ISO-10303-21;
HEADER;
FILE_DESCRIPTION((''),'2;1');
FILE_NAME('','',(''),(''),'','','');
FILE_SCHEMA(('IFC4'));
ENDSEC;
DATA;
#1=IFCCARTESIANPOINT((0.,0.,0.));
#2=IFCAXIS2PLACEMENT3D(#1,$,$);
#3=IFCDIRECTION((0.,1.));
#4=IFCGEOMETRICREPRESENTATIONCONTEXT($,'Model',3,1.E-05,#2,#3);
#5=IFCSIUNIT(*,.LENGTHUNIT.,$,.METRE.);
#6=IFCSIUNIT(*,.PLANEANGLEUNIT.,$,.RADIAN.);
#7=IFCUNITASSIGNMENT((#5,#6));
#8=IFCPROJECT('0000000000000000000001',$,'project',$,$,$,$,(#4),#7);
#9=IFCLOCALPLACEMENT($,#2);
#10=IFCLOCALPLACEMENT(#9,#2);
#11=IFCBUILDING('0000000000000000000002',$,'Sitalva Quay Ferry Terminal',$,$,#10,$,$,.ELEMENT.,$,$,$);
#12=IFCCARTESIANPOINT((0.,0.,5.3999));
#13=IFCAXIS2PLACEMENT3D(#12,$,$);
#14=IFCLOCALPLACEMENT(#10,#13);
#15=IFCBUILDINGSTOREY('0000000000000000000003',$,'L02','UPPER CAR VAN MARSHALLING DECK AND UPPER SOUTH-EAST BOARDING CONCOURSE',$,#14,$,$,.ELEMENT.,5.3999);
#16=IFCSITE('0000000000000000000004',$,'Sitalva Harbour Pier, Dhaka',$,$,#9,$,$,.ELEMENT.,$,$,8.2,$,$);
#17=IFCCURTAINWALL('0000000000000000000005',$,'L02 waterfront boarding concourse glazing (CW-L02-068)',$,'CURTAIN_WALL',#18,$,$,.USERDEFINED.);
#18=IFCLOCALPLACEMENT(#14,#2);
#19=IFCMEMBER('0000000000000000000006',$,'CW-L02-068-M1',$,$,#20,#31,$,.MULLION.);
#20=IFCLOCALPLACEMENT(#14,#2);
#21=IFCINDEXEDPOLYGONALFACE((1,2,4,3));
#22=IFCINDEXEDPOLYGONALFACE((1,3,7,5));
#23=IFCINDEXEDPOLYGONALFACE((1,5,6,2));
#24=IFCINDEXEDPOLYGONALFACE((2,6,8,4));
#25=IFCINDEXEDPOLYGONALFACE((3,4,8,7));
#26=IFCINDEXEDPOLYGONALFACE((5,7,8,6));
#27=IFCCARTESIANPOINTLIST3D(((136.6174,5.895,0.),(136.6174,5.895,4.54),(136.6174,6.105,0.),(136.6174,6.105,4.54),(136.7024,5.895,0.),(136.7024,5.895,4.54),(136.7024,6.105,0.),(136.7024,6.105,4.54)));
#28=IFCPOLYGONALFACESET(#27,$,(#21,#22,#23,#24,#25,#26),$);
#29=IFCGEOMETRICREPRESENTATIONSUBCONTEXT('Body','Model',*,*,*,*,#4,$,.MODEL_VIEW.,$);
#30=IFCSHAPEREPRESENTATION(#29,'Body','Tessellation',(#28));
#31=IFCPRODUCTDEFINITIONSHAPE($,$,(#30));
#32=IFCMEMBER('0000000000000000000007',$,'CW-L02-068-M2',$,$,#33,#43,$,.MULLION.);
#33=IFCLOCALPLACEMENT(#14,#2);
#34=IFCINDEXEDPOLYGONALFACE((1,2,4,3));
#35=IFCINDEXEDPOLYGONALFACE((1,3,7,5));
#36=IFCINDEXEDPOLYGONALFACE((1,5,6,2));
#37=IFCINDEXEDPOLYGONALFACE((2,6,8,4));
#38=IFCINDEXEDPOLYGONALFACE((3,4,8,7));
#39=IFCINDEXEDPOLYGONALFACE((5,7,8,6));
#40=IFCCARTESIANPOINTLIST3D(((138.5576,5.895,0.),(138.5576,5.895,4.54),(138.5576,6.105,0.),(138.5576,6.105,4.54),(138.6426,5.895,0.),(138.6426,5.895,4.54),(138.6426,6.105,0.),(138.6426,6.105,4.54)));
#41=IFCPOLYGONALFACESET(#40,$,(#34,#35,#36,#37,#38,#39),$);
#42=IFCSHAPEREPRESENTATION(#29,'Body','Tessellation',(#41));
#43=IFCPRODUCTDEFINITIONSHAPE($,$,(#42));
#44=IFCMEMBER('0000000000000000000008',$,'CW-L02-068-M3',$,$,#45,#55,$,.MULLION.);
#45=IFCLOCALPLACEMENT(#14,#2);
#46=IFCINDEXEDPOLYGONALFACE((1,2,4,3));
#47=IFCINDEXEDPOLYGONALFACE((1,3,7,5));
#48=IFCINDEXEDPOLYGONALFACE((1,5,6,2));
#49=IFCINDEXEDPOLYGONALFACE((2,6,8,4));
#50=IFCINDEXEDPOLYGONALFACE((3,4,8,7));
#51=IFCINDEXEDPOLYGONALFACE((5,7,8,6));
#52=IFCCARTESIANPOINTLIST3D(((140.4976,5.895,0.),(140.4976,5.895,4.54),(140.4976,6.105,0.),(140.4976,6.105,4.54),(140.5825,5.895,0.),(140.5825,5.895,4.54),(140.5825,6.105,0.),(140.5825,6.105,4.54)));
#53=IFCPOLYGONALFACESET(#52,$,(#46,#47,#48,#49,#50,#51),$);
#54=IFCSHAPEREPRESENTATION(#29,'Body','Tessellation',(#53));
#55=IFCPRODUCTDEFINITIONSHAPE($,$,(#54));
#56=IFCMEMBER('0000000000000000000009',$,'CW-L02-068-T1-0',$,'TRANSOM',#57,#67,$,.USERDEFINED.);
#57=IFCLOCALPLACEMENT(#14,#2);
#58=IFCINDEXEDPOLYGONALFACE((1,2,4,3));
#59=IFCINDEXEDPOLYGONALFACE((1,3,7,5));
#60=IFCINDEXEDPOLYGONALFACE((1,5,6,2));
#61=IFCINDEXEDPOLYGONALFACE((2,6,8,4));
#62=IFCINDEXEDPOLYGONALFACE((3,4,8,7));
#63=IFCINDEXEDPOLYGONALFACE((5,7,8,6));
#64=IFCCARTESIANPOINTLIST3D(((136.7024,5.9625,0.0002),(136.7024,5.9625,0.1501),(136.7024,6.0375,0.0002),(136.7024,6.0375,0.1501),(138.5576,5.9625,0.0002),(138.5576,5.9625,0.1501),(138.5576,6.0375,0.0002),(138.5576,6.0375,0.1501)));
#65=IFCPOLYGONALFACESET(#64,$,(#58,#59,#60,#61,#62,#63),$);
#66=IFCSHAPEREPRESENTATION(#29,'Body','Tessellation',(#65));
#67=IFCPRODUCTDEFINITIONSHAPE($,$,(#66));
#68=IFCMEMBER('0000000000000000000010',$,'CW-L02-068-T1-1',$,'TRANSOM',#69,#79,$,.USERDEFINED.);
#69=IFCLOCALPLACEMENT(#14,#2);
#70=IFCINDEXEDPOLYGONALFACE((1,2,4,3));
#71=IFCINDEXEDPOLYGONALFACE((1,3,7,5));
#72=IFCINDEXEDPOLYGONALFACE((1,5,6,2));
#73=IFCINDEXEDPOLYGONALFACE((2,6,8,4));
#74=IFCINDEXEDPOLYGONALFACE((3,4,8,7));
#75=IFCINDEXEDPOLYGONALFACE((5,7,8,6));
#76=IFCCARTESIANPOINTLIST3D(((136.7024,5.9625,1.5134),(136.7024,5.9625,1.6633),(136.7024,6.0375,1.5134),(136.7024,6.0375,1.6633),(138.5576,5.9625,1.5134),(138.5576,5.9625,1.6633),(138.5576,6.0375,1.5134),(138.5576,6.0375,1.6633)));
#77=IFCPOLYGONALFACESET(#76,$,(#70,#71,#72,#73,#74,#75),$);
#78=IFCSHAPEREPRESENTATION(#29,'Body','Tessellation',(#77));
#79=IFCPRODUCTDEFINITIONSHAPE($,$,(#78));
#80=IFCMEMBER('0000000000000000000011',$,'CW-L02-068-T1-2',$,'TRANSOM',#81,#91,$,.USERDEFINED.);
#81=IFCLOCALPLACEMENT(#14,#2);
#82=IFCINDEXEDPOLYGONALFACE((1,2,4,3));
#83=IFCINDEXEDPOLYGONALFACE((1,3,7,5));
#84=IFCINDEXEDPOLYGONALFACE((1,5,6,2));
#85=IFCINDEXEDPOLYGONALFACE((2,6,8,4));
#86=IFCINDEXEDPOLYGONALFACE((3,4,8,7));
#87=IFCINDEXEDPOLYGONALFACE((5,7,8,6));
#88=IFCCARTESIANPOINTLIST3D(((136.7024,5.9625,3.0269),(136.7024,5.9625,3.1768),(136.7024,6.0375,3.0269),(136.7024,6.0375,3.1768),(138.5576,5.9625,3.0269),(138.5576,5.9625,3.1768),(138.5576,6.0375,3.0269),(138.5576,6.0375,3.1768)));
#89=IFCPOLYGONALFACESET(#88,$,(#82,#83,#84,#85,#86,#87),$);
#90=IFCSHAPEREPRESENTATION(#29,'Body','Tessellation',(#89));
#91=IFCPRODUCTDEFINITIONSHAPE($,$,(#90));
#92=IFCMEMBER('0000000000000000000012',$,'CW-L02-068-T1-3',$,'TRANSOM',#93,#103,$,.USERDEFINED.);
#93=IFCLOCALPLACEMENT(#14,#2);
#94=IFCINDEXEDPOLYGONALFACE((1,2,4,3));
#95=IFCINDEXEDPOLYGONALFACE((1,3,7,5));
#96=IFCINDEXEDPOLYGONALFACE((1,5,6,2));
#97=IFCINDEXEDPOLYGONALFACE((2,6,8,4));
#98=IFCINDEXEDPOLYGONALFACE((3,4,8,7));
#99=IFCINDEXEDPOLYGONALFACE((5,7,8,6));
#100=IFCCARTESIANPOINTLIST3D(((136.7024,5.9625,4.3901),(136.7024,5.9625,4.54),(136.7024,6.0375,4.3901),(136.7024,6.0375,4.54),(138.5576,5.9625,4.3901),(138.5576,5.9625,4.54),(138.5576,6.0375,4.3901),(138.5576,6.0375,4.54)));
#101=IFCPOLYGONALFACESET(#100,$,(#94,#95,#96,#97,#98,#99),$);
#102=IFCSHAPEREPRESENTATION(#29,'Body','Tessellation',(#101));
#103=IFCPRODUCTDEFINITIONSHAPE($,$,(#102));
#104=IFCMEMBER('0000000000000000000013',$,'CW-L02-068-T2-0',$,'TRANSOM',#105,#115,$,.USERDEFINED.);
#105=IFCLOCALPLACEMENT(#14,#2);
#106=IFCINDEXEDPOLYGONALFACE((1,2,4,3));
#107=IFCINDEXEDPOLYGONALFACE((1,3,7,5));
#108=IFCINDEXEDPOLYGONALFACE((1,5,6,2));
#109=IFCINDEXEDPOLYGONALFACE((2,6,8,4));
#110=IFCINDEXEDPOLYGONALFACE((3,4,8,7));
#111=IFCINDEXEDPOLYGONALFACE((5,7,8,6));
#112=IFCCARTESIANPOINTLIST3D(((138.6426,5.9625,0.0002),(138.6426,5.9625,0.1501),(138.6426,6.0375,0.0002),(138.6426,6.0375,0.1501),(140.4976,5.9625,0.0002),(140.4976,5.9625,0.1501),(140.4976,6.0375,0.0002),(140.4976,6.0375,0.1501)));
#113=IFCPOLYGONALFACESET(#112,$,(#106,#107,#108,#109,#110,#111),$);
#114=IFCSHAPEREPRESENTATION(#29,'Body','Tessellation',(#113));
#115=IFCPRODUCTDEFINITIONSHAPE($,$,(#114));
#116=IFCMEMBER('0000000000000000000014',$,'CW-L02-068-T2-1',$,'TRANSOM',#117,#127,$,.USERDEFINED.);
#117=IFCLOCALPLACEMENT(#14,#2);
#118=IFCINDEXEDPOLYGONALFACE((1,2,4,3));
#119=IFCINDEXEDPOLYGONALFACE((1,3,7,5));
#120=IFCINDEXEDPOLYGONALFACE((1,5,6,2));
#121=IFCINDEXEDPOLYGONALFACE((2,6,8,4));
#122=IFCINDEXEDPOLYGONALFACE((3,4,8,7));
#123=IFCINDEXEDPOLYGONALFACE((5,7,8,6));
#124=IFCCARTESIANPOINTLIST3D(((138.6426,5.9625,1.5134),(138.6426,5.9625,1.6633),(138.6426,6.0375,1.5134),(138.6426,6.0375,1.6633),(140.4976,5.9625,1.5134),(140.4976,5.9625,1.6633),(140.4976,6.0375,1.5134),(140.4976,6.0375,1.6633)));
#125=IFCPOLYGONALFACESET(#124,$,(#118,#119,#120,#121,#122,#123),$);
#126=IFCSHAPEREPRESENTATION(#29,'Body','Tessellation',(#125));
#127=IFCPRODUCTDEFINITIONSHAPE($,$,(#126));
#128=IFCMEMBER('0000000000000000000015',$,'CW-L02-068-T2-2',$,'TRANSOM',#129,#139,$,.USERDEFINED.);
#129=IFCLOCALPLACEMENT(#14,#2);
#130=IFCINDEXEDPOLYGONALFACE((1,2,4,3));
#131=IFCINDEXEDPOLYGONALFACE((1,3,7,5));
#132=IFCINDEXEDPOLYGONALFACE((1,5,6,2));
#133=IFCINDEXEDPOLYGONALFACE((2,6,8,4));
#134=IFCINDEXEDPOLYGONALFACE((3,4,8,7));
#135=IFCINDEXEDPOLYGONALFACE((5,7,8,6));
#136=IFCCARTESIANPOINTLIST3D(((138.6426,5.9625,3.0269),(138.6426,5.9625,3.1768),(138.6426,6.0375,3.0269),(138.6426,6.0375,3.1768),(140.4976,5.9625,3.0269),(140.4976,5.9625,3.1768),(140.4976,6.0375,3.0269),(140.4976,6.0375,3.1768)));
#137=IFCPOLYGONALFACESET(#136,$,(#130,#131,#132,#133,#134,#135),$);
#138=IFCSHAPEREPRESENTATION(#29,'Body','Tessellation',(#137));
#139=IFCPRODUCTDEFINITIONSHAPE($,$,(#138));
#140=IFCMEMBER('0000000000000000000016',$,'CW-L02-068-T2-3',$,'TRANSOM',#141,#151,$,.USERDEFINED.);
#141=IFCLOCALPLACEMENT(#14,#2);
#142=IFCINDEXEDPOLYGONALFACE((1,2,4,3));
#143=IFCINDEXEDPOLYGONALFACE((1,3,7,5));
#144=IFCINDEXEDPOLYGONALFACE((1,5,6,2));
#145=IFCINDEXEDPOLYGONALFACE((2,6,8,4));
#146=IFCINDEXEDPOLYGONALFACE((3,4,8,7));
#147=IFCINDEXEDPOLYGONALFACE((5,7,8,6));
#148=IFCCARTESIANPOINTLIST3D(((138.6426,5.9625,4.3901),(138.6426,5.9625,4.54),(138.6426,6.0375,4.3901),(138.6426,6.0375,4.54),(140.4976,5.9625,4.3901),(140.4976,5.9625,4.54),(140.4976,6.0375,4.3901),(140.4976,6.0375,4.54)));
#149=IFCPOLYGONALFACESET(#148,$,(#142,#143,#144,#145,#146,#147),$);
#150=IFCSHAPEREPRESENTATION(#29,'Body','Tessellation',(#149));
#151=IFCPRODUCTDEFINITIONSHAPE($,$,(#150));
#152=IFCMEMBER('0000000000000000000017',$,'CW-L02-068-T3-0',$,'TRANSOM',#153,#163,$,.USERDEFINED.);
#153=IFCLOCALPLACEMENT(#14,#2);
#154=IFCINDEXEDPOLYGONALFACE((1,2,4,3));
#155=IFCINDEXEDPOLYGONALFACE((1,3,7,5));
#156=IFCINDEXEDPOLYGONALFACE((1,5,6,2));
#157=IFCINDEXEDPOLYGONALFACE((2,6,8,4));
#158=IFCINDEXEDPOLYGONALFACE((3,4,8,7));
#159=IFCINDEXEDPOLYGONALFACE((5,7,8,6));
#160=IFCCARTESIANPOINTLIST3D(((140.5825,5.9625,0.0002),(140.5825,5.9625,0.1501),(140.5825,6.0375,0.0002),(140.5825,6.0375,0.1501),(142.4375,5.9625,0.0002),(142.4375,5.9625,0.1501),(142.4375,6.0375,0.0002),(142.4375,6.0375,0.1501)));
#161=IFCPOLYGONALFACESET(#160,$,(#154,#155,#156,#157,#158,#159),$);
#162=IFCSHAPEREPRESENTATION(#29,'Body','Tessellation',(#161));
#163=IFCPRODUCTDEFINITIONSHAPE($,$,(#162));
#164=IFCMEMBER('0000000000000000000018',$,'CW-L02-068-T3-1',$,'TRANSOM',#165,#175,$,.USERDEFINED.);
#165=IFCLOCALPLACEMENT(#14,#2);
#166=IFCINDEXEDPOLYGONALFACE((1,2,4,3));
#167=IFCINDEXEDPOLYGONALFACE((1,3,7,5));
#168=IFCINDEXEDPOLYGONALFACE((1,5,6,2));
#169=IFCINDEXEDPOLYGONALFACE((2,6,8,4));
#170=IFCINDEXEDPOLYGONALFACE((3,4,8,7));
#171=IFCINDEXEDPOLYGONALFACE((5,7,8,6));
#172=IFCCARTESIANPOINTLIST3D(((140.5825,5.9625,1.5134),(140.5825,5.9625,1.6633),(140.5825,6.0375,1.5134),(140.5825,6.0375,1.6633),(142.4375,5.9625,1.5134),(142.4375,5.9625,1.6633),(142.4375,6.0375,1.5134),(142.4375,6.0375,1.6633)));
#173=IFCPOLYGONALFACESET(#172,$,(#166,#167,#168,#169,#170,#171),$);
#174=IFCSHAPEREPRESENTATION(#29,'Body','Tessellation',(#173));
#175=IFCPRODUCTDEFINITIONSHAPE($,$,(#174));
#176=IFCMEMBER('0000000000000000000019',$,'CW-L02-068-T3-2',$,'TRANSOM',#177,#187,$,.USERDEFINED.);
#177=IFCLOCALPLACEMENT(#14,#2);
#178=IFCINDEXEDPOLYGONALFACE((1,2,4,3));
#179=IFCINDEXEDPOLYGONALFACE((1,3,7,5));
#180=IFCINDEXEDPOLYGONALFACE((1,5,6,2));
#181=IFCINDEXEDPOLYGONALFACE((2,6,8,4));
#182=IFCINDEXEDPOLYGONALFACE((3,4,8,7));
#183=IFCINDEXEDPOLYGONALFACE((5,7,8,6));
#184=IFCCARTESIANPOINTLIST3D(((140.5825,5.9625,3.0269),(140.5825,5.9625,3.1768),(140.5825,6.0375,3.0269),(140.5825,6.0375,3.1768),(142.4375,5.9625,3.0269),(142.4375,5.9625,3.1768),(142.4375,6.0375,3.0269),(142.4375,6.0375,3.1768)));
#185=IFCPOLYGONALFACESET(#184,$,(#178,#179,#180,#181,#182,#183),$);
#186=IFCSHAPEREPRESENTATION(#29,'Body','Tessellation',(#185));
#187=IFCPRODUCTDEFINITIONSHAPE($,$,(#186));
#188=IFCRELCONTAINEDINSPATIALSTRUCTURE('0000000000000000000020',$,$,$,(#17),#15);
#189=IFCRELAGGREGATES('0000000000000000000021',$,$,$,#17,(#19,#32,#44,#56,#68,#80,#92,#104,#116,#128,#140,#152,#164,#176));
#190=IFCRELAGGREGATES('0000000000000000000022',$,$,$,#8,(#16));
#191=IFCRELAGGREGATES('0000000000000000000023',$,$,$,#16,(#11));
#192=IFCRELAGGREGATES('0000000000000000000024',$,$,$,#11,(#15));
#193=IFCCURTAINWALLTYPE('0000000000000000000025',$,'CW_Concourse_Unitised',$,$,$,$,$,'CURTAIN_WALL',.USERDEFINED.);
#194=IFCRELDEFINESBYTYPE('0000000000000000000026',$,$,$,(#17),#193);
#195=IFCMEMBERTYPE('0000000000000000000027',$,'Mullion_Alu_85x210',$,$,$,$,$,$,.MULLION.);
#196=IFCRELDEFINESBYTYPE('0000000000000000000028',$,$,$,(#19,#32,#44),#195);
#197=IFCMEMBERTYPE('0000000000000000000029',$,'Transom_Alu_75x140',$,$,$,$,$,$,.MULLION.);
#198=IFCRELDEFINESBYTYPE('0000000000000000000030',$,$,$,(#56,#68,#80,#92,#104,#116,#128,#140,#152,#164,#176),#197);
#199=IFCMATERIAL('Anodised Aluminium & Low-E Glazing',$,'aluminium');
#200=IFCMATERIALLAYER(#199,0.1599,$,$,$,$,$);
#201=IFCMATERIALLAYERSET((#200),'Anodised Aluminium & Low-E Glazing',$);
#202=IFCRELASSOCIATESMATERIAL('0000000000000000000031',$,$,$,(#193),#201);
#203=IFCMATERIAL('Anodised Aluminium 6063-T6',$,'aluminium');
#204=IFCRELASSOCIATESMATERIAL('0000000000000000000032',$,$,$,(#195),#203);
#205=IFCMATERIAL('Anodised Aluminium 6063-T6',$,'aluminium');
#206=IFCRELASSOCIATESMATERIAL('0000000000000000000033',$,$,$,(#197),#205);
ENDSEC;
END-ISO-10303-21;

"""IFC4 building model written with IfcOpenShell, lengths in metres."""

from ifc_helpers import new_model, si_unit, direction, frame, origin, origin_2d, place, context, subcontext, project, spatial, rectangle, extrude, material, layer, layer_set, material_profile, profile_set, type_object, element, aggregate, save


model = new_model("IFC4")

# Units and contexts
model_context = context("Model", 3, precision=1e-05, world=origin(), true_north=direction((0.0, 1.0)))
body_context = subcontext(model_context, "Body", "Model", "MODEL_VIEW")
ifc_project = project(units=[si_unit("LENGTHUNIT", "METRE"), si_unit("PLANEANGLEUNIT", "RADIAN")], contexts=[model_context])

# Site, building, storey
site_placement = place(None, origin())
site = spatial("IfcSite", under=ifc_project, at=site_placement, Name="Sitalva Harbour Pier, Dhaka", CompositionType="ELEMENT", RefElevation=8.2)
building_placement = place(site_placement, origin())
building = spatial("IfcBuilding", under=site, at=building_placement, Name="Sitalva Quay Ferry Terminal", CompositionType="ELEMENT")
storey_placement = place(building_placement, frame((0.0, 0.0, 5.3999)))
storey = spatial("IfcBuildingStorey", under=building, at=storey_placement, Name="L02", Description="UPPER CAR VAN MARSHALLING DECK AND UPPER SOUTH-EAST BOARDING CONCOURSE", CompositionType="ELEMENT", Elevation=5.3999)

# Curtain wall, members
ifc_material_1 = material(Name="Anodised Aluminium & Low-E Glazing", Category="aluminium")
ifc_layer_1 = layer(ifc_material_1, 0.1599)
ifc_layer_set_1 = layer_set([ifc_layer_1], Name="Anodised Aluminium & Low-E Glazing")
curtain_wall_type = type_object("IfcCurtainWallType", Name="CW_Concourse_Unitised", ElementType="CURTAIN_WALL", PredefinedType="USERDEFINED", material=ifc_layer_set_1)
curtain_wall_placement = place(storey_placement, origin())
curtain_wall = element("IfcCurtainWall", 1, at=curtain_wall_placement, inside=storey, type_object=curtain_wall_type, Name="L02 waterfront boarding concourse glazing (CW-L02-068)", ObjectType="CURTAIN_WALL", PredefinedType="USERDEFINED")
ifc_material_2 = material(Name="Anodised Aluminium 6063-T6", Category="aluminium")
ifc_material_profile_1 = material_profile(ifc_material_2, rectangle(XDim=0.085, YDim=0.21, at=origin_2d()), Name="ALU85x210")
ifc_profile_set_1 = profile_set([ifc_material_profile_1], Name="Anodised Aluminium 6063-T6")
member_type_1 = type_object("IfcMemberType", Name="Mullion_Alu_85x210", PredefinedType="MULLION", material=ifc_profile_set_1)
member_1_placement = place(storey_placement, frame((136.6599, 6.0, 0.0), z_axis=(0.0, 0.0, 1.0), x_axis=(1.0, 0.0, 0.0)))
member_1 = element("IfcMember", 2, at=member_1_placement, type_object=member_type_1, Name="CW-L02-068-M1", PredefinedType="MULLION", context=body_context, shape_type="SweptSolid", body=[
    extrude(rectangle(XDim=0.085, YDim=0.21, at=origin_2d()), origin(), (0.0, 0.0, 1.0), 4.54),
])
member_2_placement = place(storey_placement, frame((138.6001, 6.0, 0.0), z_axis=(0.0, 0.0, 1.0), x_axis=(1.0, 0.0, 0.0)))
member_2 = element("IfcMember", 3, at=member_2_placement, type_object=member_type_1, Name="CW-L02-068-M2", PredefinedType="MULLION", context=body_context, shape_type="SweptSolid", body=[
    extrude(rectangle(XDim=0.085, YDim=0.21, at=origin_2d()), origin(), (0.0, 0.0, 1.0), 4.54),
])
member_3_placement = place(storey_placement, frame((140.54, 6.0, 0.0), z_axis=(0.0, 0.0, 1.0), x_axis=(1.0, 0.0, 0.0)))
member_3 = element("IfcMember", 4, at=member_3_placement, type_object=member_type_1, Name="CW-L02-068-M3", PredefinedType="MULLION", context=body_context, shape_type="SweptSolid", body=[
    extrude(rectangle(XDim=0.085, YDim=0.21, at=origin_2d()), origin(), (0.0, 0.0, 1.0), 4.54),
])
ifc_material_3 = material(Name="Anodised Aluminium 6063-T6", Category="aluminium")
ifc_material_profile_2 = material_profile(ifc_material_3, rectangle(XDim=0.075, YDim=0.1499, at=origin_2d()), Name="ALU75x150")
ifc_profile_set_2 = profile_set([ifc_material_profile_2], Name="Anodised Aluminium 6063-T6")
member_type_2 = type_object("IfcMemberType", Name="Transom_Alu_75x140", PredefinedType="MULLION", material=ifc_profile_set_2)
member_4_placement = place(storey_placement, frame((136.7024, 6.0, 0.0752), z_axis=(1.0, 0.0, 0.0), x_axis=(0.0, 1.0, 0.0)))
member_4 = element("IfcMember", 5, at=member_4_placement, type_object=member_type_2, Name="CW-L02-068-T1-0", ObjectType="TRANSOM", PredefinedType="USERDEFINED", context=body_context, shape_type="SweptSolid", body=[
    extrude(rectangle(XDim=0.075, YDim=0.1499, at=origin_2d()), origin(), (0.0, 0.0, 1.0), 1.8552),
])
member_5_placement = place(storey_placement, frame((136.7024, 6.0, 1.5884), z_axis=(1.0, 0.0, 0.0), x_axis=(0.0, 1.0, 0.0)))
member_5 = element("IfcMember", 6, at=member_5_placement, type_object=member_type_2, Name="CW-L02-068-T1-1", ObjectType="TRANSOM", PredefinedType="USERDEFINED", context=body_context, shape_type="SweptSolid", body=[
    extrude(rectangle(XDim=0.075, YDim=0.1499, at=origin_2d()), origin(), (0.0, 0.0, 1.0), 1.8552),
])
member_6_placement = place(storey_placement, frame((136.7024, 6.0, 3.1018), z_axis=(1.0, 0.0, 0.0), x_axis=(0.0, 1.0, 0.0)))
member_6 = element("IfcMember", 7, at=member_6_placement, type_object=member_type_2, Name="CW-L02-068-T1-2", ObjectType="TRANSOM", PredefinedType="USERDEFINED", context=body_context, shape_type="SweptSolid", body=[
    extrude(rectangle(XDim=0.075, YDim=0.1499, at=origin_2d()), origin(), (0.0, 0.0, 1.0), 1.8552),
])
member_7_placement = place(storey_placement, frame((136.7024, 6.0, 4.4651), z_axis=(1.0, 0.0, 0.0), x_axis=(0.0, 1.0, 0.0)))
member_7 = element("IfcMember", 8, at=member_7_placement, type_object=member_type_2, Name="CW-L02-068-T1-3", ObjectType="TRANSOM", PredefinedType="USERDEFINED", context=body_context, shape_type="SweptSolid", body=[
    extrude(rectangle(XDim=0.075, YDim=0.1499, at=origin_2d()), origin(), (0.0, 0.0, 1.0), 1.8552),
])
member_8_placement = place(storey_placement, frame((138.6426, 6.0, 0.0752), z_axis=(1.0, 0.0, 0.0), x_axis=(0.0, 1.0, 0.0)))
member_8 = element("IfcMember", 9, at=member_8_placement, type_object=member_type_2, Name="CW-L02-068-T2-0", ObjectType="TRANSOM", PredefinedType="USERDEFINED", context=body_context, shape_type="SweptSolid", body=[
    extrude(rectangle(XDim=0.075, YDim=0.1499, at=origin_2d()), origin(), (0.0, 0.0, 1.0), 1.855),
])
member_9_placement = place(storey_placement, frame((138.6426, 6.0, 1.5884), z_axis=(1.0, 0.0, 0.0), x_axis=(0.0, 1.0, 0.0)))
member_9 = element("IfcMember", 10, at=member_9_placement, type_object=member_type_2, Name="CW-L02-068-T2-1", ObjectType="TRANSOM", PredefinedType="USERDEFINED", context=body_context, shape_type="SweptSolid", body=[
    extrude(rectangle(XDim=0.075, YDim=0.1499, at=origin_2d()), origin(), (0.0, 0.0, 1.0), 1.855),
])
member_10_placement = place(storey_placement, frame((138.6426, 6.0, 3.1018), z_axis=(1.0, 0.0, 0.0), x_axis=(0.0, 1.0, 0.0)))
member_10 = element("IfcMember", 11, at=member_10_placement, type_object=member_type_2, Name="CW-L02-068-T2-2", ObjectType="TRANSOM", PredefinedType="USERDEFINED", context=body_context, shape_type="SweptSolid", body=[
    extrude(rectangle(XDim=0.075, YDim=0.1499, at=origin_2d()), origin(), (0.0, 0.0, 1.0), 1.855),
])
member_11_placement = place(storey_placement, frame((138.6426, 6.0, 4.4651), z_axis=(1.0, 0.0, 0.0), x_axis=(0.0, 1.0, 0.0)))
member_11 = element("IfcMember", 12, at=member_11_placement, type_object=member_type_2, Name="CW-L02-068-T2-3", ObjectType="TRANSOM", PredefinedType="USERDEFINED", context=body_context, shape_type="SweptSolid", body=[
    extrude(rectangle(XDim=0.075, YDim=0.1499, at=origin_2d()), origin(), (0.0, 0.0, 1.0), 1.855),
])
member_12_placement = place(storey_placement, frame((140.5825, 6.0, 0.0752), z_axis=(1.0, 0.0, 0.0), x_axis=(0.0, 1.0, 0.0)))
member_12 = element("IfcMember", 13, at=member_12_placement, type_object=member_type_2, Name="CW-L02-068-T3-0", ObjectType="TRANSOM", PredefinedType="USERDEFINED", context=body_context, shape_type="SweptSolid", body=[
    extrude(rectangle(XDim=0.075, YDim=0.1499, at=origin_2d()), origin(), (0.0, 0.0, 1.0), 1.855),
])
member_13_placement = place(storey_placement, frame((140.5825, 6.0, 1.5884), z_axis=(1.0, 0.0, 0.0), x_axis=(0.0, 1.0, 0.0)))
member_13 = element("IfcMember", 14, at=member_13_placement, type_object=member_type_2, Name="CW-L02-068-T3-1", ObjectType="TRANSOM", PredefinedType="USERDEFINED", context=body_context, shape_type="SweptSolid", body=[
    extrude(rectangle(XDim=0.075, YDim=0.1499, at=origin_2d()), origin(), (0.0, 0.0, 1.0), 1.855),
])
member_14_placement = place(storey_placement, frame((140.5825, 6.0, 3.1018), z_axis=(1.0, 0.0, 0.0), x_axis=(0.0, 1.0, 0.0)))
member_14 = element("IfcMember", 15, at=member_14_placement, type_object=member_type_2, Name="CW-L02-068-T3-2", ObjectType="TRANSOM", PredefinedType="USERDEFINED", context=body_context, shape_type="SweptSolid", body=[
    extrude(rectangle(XDim=0.075, YDim=0.1499, at=origin_2d()), origin(), (0.0, 0.0, 1.0), 1.855),
])
aggregate(curtain_wall, [member_1, member_2, member_3, member_4, member_5, member_6, member_7, member_8, member_9, member_10, member_11, member_12, member_13, member_14])

save(model, "model.ifc")
